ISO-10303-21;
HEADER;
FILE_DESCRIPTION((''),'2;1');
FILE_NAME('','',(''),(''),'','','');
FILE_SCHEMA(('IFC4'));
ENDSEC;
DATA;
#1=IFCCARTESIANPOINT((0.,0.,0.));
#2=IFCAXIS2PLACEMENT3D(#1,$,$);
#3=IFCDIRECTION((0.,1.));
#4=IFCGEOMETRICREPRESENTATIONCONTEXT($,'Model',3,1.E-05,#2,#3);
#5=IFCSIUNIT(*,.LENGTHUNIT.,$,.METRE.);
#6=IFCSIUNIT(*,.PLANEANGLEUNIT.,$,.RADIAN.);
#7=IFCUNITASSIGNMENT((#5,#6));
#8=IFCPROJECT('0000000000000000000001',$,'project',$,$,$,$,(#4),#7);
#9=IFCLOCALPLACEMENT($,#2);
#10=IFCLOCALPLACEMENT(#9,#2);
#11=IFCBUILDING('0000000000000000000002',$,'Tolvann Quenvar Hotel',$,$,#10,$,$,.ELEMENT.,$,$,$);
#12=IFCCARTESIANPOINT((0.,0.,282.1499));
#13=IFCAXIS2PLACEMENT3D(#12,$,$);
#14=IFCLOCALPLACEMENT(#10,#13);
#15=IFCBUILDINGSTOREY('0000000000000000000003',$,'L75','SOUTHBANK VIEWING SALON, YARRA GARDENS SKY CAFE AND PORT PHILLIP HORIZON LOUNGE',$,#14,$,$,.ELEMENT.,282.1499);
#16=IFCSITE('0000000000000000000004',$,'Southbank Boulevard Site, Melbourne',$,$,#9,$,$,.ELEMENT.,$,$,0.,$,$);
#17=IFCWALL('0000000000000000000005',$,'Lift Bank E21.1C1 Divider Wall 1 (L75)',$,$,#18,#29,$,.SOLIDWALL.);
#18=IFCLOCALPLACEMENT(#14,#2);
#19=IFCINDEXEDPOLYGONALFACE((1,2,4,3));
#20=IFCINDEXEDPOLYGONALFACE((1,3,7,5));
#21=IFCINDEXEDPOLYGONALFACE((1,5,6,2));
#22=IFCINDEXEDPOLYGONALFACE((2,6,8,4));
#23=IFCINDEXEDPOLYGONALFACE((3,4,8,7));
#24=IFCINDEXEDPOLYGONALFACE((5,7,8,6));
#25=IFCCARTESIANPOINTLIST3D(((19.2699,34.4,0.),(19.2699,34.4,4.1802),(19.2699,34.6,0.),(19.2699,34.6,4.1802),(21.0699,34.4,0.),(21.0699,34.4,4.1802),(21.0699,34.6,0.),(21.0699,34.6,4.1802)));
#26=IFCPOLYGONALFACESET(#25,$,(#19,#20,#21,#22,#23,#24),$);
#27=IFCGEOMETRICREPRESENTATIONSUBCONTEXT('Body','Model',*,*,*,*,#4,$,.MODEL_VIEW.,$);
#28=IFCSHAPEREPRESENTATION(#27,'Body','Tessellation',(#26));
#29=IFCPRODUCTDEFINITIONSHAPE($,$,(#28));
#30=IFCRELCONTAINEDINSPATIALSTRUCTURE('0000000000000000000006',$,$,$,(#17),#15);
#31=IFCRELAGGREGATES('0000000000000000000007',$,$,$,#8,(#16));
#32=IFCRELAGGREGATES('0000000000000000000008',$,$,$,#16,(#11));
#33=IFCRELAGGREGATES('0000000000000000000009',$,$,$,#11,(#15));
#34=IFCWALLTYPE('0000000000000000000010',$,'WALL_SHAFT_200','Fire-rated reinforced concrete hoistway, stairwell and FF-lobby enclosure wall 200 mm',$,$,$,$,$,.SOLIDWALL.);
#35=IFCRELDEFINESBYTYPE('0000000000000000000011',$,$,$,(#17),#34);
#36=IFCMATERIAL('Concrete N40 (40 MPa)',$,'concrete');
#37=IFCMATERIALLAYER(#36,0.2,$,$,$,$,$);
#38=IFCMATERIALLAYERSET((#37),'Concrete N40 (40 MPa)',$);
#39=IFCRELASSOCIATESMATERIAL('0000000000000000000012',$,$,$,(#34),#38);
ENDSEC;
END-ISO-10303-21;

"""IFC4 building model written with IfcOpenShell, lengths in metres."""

from ifc_helpers import new_model, si_unit, direction, frame, frame_2d, origin, place, context, subcontext, project, spatial, rectangle, extrude, material, layer, layer_set, type_object, element, save


model = new_model("IFC4")

# Units and contexts
model_context = context("Model", 3, precision=1e-05, world=origin(), true_north=direction((0.0, 1.0)))
body_context = subcontext(model_context, "Body", "Model", "MODEL_VIEW")
ifc_project = project(units=[si_unit("LENGTHUNIT", "METRE"), si_unit("PLANEANGLEUNIT", "RADIAN")], contexts=[model_context])

# Site, building, storey
site_placement = place(None, origin())
site = spatial("IfcSite", under=ifc_project, at=site_placement, Name="Southbank Boulevard Site, Melbourne", CompositionType="ELEMENT", RefElevation=0.0)
building_placement = place(site_placement, origin())
building = spatial("IfcBuilding", under=site, at=building_placement, Name="Tolvann Quenvar Hotel", CompositionType="ELEMENT")
storey_placement = place(building_placement, frame((0.0, 0.0, 282.1499)))
storey = spatial("IfcBuildingStorey", under=building, at=storey_placement, Name="L75", Description="SOUTHBANK VIEWING SALON, YARRA GARDENS SKY CAFE AND PORT PHILLIP HORIZON LOUNGE", CompositionType="ELEMENT", Elevation=282.1499)

# Shared definitions
ifc_material_1 = material(Name="Concrete N40 (40 MPa)", Category="concrete")
ifc_layer_1 = layer(ifc_material_1, 0.2)
ifc_layer_set_1 = layer_set([ifc_layer_1], Name="Concrete N40 (40 MPa)")
wall_type_1 = type_object("IfcWallType", Name="WALL_SHAFT_200", Description="Fire-rated reinforced concrete hoistway, stairwell and FF-lobby enclosure wall 200 mm", PredefinedType="SOLIDWALL", material=ifc_layer_set_1)

# Wall
wall_1_placement = place(storey_placement, frame((19.27, 34.5, 0.0), z_axis=(0.0, 0.0, 1.0), x_axis=(1.0, 0.0, 0.0)))
element("IfcWall", 1, at=wall_1_placement, inside=storey, type_object=wall_type_1, Name="Lift Bank E21.1C1 Divider Wall 1 (L75)", PredefinedType="SOLIDWALL", context=body_context, shape_type="SweptSolid", body=[
    extrude(rectangle(XDim=1.8, YDim=0.2, at=frame_2d((0.8999, 0.0))), origin(), (0.0, 0.0, 1.0), 4.1802),
])

save(model, "model.ifc")
